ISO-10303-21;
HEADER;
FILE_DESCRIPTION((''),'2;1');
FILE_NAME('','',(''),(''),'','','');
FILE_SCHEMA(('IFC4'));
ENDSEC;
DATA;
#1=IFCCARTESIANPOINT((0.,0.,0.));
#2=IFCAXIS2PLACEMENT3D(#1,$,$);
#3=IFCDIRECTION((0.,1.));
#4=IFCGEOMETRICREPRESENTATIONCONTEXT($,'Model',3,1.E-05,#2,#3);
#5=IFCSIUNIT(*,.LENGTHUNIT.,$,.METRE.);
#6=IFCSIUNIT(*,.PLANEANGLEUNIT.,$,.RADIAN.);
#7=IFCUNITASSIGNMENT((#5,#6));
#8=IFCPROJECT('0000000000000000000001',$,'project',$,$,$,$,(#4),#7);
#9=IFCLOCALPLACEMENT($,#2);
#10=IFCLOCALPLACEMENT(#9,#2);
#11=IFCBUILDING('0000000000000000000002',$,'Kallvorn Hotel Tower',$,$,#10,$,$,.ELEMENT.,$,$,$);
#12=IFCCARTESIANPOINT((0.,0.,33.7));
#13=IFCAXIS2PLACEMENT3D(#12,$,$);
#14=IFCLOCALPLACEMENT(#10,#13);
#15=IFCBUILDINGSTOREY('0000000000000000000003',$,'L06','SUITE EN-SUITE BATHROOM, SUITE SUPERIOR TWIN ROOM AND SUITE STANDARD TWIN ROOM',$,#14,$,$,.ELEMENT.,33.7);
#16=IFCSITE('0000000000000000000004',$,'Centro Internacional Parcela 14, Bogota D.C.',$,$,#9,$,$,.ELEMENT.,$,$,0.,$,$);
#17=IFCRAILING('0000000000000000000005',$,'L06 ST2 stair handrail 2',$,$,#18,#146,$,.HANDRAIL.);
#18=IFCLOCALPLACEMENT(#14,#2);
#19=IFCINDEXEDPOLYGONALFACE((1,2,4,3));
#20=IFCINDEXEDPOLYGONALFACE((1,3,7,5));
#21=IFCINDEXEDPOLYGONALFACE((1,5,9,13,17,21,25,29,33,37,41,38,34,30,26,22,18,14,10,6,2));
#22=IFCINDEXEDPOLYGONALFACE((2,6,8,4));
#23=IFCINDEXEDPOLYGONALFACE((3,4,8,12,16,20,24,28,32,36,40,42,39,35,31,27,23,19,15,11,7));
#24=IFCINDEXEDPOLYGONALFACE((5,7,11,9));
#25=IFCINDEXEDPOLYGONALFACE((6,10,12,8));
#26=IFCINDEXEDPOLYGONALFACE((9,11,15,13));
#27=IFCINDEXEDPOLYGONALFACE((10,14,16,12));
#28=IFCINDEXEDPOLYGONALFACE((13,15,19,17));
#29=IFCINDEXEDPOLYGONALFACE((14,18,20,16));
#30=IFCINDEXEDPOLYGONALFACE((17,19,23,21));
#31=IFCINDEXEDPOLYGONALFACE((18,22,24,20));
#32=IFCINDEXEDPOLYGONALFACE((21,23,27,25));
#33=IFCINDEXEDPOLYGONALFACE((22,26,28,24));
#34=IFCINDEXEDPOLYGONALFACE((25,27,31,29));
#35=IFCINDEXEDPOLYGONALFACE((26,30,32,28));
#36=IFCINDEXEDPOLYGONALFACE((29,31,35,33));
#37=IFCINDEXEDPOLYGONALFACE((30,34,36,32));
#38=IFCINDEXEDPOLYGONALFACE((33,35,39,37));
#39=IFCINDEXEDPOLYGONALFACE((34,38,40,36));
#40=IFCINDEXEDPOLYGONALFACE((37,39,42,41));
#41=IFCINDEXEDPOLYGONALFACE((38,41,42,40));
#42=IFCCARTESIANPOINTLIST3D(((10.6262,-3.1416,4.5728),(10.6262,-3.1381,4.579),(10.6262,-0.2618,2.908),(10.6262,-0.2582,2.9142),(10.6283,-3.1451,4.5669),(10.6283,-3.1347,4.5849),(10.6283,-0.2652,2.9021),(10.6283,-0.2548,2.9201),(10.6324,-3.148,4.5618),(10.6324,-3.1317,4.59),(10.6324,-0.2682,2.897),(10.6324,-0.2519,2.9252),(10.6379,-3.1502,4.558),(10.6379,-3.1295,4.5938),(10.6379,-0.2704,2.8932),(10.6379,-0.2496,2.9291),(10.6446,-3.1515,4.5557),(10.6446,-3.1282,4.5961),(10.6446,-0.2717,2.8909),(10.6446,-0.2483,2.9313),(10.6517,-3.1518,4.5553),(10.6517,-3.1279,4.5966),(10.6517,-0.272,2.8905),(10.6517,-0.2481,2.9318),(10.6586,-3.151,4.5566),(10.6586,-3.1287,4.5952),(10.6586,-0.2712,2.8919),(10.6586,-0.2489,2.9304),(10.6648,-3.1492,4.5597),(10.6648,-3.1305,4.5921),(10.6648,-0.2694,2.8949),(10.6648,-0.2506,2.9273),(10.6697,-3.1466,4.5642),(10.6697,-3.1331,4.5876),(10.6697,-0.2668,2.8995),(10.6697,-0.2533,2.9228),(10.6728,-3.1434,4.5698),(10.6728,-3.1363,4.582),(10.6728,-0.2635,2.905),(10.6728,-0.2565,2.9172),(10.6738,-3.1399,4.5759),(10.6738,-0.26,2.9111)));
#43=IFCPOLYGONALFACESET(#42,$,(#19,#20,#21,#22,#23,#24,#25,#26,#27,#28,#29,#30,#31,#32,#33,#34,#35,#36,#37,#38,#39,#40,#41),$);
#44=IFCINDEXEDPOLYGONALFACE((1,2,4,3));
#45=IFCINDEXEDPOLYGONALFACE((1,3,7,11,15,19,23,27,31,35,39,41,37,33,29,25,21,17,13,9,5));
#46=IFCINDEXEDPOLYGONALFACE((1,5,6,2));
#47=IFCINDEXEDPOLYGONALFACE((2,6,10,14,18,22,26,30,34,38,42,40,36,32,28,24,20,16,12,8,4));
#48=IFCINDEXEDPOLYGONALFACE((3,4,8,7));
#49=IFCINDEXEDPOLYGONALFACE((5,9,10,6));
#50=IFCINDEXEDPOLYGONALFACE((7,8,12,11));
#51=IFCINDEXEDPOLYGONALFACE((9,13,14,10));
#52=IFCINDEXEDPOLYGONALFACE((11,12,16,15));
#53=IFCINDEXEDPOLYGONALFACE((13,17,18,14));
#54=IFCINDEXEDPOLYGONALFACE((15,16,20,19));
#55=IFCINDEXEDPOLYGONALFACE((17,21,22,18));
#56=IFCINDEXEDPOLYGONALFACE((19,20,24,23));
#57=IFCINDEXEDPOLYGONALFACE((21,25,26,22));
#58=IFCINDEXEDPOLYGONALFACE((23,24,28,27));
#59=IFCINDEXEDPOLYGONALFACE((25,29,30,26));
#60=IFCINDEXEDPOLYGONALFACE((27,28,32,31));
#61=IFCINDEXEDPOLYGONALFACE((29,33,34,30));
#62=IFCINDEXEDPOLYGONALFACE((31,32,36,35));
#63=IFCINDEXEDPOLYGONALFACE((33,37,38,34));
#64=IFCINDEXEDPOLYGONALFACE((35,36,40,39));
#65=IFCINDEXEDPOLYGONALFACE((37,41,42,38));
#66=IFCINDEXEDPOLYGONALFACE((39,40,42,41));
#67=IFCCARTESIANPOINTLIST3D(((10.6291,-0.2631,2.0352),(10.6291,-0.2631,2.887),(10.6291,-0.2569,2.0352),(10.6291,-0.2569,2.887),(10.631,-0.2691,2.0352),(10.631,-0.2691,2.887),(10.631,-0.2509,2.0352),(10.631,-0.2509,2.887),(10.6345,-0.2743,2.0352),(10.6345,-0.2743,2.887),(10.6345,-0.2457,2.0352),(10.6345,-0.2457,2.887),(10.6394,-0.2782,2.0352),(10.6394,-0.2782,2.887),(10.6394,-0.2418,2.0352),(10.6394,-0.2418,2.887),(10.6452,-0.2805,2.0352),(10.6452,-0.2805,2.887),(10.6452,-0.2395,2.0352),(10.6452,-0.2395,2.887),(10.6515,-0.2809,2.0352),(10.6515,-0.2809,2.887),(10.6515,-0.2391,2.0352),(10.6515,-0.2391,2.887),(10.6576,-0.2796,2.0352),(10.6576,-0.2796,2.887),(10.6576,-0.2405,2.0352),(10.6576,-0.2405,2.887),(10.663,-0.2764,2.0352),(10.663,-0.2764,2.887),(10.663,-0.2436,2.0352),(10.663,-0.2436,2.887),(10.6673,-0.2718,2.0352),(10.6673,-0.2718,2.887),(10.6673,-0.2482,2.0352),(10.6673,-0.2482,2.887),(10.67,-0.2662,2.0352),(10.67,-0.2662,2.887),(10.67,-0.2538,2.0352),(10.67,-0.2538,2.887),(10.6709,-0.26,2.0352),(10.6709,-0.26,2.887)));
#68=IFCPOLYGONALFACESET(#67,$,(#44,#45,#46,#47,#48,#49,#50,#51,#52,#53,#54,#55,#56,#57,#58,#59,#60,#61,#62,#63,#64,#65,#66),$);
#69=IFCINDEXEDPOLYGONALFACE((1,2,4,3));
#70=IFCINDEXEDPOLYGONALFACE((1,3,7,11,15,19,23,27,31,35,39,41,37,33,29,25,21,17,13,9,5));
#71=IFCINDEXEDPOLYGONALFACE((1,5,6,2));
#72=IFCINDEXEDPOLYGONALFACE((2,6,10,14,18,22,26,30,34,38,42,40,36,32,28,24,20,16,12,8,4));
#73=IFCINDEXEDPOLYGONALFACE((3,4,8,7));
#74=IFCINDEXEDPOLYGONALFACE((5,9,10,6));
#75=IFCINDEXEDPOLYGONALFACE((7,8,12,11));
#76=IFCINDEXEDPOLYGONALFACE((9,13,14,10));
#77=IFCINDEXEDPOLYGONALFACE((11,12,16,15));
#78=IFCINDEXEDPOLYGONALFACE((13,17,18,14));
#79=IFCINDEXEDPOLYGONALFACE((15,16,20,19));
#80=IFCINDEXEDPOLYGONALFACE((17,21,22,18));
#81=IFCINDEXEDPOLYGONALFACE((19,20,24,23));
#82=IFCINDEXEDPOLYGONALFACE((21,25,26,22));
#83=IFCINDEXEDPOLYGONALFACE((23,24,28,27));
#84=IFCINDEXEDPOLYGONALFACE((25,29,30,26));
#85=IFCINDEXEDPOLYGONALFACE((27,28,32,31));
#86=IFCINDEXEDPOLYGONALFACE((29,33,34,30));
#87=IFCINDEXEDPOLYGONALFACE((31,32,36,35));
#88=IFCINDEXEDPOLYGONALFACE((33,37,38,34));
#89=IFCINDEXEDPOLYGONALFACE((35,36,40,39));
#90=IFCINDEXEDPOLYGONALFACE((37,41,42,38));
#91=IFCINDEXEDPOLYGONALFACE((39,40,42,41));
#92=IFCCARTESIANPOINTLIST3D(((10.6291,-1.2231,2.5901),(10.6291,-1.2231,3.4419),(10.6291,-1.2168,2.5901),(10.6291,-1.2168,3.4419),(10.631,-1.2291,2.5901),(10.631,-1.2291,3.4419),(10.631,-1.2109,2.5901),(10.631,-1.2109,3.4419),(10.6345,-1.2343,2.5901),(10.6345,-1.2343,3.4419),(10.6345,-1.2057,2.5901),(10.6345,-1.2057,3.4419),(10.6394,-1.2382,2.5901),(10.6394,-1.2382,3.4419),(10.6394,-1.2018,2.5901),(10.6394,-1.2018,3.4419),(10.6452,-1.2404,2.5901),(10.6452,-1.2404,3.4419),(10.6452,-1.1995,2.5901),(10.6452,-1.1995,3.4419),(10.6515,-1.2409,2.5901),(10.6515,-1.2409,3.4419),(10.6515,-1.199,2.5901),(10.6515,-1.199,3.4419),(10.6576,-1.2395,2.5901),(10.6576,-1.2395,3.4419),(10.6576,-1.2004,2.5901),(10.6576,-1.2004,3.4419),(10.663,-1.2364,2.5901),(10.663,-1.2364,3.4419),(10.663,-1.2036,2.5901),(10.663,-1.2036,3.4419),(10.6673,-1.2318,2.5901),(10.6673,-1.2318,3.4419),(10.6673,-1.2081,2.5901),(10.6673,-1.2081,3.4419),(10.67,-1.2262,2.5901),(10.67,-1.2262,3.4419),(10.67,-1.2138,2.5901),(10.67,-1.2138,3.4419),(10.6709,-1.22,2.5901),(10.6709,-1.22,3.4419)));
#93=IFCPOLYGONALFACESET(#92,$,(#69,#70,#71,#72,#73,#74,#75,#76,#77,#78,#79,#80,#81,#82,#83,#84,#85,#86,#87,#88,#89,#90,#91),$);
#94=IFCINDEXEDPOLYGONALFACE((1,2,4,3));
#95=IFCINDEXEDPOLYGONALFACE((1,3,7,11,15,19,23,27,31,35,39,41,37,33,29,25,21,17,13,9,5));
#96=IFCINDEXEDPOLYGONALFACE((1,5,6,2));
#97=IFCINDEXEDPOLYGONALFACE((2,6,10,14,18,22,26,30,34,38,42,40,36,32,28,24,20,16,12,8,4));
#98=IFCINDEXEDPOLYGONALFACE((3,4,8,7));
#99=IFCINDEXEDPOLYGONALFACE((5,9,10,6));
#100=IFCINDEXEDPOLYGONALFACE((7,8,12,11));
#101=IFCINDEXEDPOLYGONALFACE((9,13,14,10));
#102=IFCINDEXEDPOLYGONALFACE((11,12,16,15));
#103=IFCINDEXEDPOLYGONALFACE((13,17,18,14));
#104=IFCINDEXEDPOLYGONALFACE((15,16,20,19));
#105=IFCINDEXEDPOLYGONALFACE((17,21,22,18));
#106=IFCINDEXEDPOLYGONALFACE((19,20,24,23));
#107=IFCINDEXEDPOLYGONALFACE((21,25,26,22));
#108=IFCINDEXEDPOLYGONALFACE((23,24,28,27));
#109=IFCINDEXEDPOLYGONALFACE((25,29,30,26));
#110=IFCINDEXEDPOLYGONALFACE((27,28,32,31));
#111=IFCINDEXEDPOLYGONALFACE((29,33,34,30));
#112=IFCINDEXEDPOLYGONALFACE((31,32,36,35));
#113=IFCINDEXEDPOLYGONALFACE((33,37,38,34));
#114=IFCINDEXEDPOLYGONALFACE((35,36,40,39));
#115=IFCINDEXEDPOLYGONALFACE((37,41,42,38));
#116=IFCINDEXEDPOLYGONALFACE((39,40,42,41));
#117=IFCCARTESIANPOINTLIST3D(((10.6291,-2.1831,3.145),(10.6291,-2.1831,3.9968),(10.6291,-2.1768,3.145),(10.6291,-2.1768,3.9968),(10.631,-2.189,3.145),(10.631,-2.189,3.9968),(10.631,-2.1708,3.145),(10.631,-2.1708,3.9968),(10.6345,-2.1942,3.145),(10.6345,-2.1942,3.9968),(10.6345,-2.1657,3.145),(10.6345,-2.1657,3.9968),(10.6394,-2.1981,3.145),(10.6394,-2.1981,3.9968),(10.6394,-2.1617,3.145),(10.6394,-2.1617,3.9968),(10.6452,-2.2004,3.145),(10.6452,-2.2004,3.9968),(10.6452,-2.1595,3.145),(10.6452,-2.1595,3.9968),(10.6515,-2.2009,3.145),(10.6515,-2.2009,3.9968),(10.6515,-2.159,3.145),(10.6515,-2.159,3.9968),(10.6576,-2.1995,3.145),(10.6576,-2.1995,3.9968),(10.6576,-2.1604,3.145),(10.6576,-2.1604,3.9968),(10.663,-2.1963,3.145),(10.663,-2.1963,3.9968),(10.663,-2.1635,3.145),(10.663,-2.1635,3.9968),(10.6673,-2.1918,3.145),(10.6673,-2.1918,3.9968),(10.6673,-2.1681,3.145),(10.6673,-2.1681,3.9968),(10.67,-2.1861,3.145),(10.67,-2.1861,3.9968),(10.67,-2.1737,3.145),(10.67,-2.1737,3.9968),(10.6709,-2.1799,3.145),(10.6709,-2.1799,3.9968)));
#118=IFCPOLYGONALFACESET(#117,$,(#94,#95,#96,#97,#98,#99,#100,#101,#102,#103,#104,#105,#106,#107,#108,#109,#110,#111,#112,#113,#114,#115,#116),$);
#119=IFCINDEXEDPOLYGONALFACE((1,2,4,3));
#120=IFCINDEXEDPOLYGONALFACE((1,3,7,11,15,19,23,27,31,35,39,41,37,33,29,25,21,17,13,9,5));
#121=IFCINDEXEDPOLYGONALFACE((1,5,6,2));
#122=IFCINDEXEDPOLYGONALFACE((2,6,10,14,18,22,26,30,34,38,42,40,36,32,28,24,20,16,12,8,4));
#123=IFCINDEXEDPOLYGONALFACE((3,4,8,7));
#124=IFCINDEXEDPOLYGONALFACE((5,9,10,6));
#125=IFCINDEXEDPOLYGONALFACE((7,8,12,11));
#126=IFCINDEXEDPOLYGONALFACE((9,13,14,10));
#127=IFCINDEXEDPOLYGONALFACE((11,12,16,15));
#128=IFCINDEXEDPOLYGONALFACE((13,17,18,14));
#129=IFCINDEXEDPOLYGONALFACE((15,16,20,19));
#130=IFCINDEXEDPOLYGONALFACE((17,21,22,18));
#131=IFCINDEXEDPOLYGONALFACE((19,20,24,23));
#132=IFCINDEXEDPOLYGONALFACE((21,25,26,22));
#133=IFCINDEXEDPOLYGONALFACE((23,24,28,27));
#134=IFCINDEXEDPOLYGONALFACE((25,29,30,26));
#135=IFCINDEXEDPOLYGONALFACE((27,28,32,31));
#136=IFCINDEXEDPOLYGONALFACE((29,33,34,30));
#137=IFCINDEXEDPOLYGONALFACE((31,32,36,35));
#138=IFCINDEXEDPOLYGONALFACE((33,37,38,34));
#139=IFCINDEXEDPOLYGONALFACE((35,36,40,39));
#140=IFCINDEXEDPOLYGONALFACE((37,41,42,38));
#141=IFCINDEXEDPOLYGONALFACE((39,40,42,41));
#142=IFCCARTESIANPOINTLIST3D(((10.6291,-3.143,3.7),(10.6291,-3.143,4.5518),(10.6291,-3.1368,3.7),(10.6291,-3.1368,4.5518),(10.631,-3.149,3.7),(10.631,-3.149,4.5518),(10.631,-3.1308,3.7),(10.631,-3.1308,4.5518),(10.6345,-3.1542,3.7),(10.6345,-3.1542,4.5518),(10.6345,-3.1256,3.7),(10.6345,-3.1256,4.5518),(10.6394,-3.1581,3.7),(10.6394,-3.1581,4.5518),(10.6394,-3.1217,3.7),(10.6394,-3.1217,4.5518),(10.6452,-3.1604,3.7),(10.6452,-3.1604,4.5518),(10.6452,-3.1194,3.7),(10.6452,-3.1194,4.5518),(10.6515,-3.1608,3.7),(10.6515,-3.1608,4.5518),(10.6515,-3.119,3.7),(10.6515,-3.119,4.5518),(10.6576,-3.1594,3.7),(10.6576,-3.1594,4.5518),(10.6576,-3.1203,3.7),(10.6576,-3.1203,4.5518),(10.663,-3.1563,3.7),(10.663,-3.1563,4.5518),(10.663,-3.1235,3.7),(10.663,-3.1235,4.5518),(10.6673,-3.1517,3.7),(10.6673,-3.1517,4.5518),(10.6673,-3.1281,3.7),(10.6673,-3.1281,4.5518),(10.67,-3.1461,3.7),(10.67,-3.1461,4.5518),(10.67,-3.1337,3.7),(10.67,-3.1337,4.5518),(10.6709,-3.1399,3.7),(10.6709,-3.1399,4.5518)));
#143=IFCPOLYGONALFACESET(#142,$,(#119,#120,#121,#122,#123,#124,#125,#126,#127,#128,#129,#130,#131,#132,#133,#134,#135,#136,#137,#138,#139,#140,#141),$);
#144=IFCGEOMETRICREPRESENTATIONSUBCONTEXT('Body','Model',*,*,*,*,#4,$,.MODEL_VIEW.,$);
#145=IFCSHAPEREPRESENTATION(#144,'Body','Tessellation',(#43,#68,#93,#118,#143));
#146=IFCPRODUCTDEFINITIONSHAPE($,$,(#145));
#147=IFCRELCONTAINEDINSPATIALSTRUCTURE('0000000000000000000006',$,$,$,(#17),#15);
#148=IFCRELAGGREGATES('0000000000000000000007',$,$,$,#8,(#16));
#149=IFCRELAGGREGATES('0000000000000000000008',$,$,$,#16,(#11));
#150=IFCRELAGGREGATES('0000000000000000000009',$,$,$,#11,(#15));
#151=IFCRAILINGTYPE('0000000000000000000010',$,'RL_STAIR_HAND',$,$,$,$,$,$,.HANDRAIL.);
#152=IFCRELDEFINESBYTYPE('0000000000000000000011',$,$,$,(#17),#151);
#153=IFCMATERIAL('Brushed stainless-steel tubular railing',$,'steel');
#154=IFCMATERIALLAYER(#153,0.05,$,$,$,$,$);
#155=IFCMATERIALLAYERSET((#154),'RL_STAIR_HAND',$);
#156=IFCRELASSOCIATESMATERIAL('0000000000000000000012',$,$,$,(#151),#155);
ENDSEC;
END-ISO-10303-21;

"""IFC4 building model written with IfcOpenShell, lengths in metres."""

from ifc_helpers import new_model, si_unit, direction, frame, origin, origin_2d, place, context, subcontext, project, spatial, circle, extrude, material, layer, layer_set, type_object, element, save


model = new_model("IFC4")

# Units and contexts
model_context = context("Model", 3, precision=1e-05, world=origin(), true_north=direction((0.0, 1.0)))
body_context = subcontext(model_context, "Body", "Model", "MODEL_VIEW")
ifc_project = project(units=[si_unit("LENGTHUNIT", "METRE"), si_unit("PLANEANGLEUNIT", "RADIAN")], contexts=[model_context])

# Site, building, storey
site_placement = place(None, origin())
site = spatial("IfcSite", under=ifc_project, at=site_placement, Name="Centro Internacional Parcela 14, Bogota D.C.", CompositionType="ELEMENT", RefElevation=0.0)
building_placement = place(site_placement, origin())
building = spatial("IfcBuilding", under=site, at=building_placement, Name="Kallvorn Hotel Tower", CompositionType="ELEMENT")
storey_placement = place(building_placement, frame((0.0, 0.0, 33.7)))
storey = spatial("IfcBuildingStorey", under=building, at=storey_placement, Name="L06", Description="SUITE EN-SUITE BATHROOM, SUITE SUPERIOR TWIN ROOM AND SUITE STANDARD TWIN ROOM", CompositionType="ELEMENT", Elevation=33.7)

# Railing
ifc_material_1 = material(Name="Brushed stainless-steel tubular railing", Category="steel")
ifc_layer_1 = layer(ifc_material_1, 0.05)
ifc_layer_set_1 = layer_set([ifc_layer_1], Name="RL_STAIR_HAND")
railing_type_1 = type_object("IfcRailingType", Name="RL_STAIR_HAND", PredefinedType="HANDRAIL", material=ifc_layer_set_1)
railing_1_placement = place(storey_placement, frame((10.6499, -0.26, 2.0352)))
element("IfcRailing", 1, at=railing_1_placement, inside=storey, type_object=railing_type_1, Name="L06 ST2 stair handrail 2", PredefinedType="HANDRAIL", context=body_context, shape_type="SweptSolid", body=[
    extrude(circle(Radius=0.0239, at=origin_2d()), frame((0.0, 0.0, 0.876), z_axis=(0.0, -0.865753, 0.500472), x_axis=(1.0, 0.0, 0.0)), (0.0, 0.0, 1.0), 3.3264),
    extrude(circle(Radius=0.021, at=origin_2d()), origin(), (0.0, 0.0, 1.0), 0.8518),
    extrude(circle(Radius=0.021, at=origin_2d()), frame((0.0, -0.96, 0.5549)), (0.0, 0.0, 1.0), 0.8518),
    extrude(circle(Radius=0.021, at=origin_2d()), frame((0.0, -1.9199, 1.1099)), (0.0, 0.0, 1.0), 0.8518),
    extrude(circle(Radius=0.021, at=origin_2d()), frame((0.0, -2.8799, 1.6648)), (0.0, 0.0, 1.0), 0.8518),
])

save(model, "model.ifc")
